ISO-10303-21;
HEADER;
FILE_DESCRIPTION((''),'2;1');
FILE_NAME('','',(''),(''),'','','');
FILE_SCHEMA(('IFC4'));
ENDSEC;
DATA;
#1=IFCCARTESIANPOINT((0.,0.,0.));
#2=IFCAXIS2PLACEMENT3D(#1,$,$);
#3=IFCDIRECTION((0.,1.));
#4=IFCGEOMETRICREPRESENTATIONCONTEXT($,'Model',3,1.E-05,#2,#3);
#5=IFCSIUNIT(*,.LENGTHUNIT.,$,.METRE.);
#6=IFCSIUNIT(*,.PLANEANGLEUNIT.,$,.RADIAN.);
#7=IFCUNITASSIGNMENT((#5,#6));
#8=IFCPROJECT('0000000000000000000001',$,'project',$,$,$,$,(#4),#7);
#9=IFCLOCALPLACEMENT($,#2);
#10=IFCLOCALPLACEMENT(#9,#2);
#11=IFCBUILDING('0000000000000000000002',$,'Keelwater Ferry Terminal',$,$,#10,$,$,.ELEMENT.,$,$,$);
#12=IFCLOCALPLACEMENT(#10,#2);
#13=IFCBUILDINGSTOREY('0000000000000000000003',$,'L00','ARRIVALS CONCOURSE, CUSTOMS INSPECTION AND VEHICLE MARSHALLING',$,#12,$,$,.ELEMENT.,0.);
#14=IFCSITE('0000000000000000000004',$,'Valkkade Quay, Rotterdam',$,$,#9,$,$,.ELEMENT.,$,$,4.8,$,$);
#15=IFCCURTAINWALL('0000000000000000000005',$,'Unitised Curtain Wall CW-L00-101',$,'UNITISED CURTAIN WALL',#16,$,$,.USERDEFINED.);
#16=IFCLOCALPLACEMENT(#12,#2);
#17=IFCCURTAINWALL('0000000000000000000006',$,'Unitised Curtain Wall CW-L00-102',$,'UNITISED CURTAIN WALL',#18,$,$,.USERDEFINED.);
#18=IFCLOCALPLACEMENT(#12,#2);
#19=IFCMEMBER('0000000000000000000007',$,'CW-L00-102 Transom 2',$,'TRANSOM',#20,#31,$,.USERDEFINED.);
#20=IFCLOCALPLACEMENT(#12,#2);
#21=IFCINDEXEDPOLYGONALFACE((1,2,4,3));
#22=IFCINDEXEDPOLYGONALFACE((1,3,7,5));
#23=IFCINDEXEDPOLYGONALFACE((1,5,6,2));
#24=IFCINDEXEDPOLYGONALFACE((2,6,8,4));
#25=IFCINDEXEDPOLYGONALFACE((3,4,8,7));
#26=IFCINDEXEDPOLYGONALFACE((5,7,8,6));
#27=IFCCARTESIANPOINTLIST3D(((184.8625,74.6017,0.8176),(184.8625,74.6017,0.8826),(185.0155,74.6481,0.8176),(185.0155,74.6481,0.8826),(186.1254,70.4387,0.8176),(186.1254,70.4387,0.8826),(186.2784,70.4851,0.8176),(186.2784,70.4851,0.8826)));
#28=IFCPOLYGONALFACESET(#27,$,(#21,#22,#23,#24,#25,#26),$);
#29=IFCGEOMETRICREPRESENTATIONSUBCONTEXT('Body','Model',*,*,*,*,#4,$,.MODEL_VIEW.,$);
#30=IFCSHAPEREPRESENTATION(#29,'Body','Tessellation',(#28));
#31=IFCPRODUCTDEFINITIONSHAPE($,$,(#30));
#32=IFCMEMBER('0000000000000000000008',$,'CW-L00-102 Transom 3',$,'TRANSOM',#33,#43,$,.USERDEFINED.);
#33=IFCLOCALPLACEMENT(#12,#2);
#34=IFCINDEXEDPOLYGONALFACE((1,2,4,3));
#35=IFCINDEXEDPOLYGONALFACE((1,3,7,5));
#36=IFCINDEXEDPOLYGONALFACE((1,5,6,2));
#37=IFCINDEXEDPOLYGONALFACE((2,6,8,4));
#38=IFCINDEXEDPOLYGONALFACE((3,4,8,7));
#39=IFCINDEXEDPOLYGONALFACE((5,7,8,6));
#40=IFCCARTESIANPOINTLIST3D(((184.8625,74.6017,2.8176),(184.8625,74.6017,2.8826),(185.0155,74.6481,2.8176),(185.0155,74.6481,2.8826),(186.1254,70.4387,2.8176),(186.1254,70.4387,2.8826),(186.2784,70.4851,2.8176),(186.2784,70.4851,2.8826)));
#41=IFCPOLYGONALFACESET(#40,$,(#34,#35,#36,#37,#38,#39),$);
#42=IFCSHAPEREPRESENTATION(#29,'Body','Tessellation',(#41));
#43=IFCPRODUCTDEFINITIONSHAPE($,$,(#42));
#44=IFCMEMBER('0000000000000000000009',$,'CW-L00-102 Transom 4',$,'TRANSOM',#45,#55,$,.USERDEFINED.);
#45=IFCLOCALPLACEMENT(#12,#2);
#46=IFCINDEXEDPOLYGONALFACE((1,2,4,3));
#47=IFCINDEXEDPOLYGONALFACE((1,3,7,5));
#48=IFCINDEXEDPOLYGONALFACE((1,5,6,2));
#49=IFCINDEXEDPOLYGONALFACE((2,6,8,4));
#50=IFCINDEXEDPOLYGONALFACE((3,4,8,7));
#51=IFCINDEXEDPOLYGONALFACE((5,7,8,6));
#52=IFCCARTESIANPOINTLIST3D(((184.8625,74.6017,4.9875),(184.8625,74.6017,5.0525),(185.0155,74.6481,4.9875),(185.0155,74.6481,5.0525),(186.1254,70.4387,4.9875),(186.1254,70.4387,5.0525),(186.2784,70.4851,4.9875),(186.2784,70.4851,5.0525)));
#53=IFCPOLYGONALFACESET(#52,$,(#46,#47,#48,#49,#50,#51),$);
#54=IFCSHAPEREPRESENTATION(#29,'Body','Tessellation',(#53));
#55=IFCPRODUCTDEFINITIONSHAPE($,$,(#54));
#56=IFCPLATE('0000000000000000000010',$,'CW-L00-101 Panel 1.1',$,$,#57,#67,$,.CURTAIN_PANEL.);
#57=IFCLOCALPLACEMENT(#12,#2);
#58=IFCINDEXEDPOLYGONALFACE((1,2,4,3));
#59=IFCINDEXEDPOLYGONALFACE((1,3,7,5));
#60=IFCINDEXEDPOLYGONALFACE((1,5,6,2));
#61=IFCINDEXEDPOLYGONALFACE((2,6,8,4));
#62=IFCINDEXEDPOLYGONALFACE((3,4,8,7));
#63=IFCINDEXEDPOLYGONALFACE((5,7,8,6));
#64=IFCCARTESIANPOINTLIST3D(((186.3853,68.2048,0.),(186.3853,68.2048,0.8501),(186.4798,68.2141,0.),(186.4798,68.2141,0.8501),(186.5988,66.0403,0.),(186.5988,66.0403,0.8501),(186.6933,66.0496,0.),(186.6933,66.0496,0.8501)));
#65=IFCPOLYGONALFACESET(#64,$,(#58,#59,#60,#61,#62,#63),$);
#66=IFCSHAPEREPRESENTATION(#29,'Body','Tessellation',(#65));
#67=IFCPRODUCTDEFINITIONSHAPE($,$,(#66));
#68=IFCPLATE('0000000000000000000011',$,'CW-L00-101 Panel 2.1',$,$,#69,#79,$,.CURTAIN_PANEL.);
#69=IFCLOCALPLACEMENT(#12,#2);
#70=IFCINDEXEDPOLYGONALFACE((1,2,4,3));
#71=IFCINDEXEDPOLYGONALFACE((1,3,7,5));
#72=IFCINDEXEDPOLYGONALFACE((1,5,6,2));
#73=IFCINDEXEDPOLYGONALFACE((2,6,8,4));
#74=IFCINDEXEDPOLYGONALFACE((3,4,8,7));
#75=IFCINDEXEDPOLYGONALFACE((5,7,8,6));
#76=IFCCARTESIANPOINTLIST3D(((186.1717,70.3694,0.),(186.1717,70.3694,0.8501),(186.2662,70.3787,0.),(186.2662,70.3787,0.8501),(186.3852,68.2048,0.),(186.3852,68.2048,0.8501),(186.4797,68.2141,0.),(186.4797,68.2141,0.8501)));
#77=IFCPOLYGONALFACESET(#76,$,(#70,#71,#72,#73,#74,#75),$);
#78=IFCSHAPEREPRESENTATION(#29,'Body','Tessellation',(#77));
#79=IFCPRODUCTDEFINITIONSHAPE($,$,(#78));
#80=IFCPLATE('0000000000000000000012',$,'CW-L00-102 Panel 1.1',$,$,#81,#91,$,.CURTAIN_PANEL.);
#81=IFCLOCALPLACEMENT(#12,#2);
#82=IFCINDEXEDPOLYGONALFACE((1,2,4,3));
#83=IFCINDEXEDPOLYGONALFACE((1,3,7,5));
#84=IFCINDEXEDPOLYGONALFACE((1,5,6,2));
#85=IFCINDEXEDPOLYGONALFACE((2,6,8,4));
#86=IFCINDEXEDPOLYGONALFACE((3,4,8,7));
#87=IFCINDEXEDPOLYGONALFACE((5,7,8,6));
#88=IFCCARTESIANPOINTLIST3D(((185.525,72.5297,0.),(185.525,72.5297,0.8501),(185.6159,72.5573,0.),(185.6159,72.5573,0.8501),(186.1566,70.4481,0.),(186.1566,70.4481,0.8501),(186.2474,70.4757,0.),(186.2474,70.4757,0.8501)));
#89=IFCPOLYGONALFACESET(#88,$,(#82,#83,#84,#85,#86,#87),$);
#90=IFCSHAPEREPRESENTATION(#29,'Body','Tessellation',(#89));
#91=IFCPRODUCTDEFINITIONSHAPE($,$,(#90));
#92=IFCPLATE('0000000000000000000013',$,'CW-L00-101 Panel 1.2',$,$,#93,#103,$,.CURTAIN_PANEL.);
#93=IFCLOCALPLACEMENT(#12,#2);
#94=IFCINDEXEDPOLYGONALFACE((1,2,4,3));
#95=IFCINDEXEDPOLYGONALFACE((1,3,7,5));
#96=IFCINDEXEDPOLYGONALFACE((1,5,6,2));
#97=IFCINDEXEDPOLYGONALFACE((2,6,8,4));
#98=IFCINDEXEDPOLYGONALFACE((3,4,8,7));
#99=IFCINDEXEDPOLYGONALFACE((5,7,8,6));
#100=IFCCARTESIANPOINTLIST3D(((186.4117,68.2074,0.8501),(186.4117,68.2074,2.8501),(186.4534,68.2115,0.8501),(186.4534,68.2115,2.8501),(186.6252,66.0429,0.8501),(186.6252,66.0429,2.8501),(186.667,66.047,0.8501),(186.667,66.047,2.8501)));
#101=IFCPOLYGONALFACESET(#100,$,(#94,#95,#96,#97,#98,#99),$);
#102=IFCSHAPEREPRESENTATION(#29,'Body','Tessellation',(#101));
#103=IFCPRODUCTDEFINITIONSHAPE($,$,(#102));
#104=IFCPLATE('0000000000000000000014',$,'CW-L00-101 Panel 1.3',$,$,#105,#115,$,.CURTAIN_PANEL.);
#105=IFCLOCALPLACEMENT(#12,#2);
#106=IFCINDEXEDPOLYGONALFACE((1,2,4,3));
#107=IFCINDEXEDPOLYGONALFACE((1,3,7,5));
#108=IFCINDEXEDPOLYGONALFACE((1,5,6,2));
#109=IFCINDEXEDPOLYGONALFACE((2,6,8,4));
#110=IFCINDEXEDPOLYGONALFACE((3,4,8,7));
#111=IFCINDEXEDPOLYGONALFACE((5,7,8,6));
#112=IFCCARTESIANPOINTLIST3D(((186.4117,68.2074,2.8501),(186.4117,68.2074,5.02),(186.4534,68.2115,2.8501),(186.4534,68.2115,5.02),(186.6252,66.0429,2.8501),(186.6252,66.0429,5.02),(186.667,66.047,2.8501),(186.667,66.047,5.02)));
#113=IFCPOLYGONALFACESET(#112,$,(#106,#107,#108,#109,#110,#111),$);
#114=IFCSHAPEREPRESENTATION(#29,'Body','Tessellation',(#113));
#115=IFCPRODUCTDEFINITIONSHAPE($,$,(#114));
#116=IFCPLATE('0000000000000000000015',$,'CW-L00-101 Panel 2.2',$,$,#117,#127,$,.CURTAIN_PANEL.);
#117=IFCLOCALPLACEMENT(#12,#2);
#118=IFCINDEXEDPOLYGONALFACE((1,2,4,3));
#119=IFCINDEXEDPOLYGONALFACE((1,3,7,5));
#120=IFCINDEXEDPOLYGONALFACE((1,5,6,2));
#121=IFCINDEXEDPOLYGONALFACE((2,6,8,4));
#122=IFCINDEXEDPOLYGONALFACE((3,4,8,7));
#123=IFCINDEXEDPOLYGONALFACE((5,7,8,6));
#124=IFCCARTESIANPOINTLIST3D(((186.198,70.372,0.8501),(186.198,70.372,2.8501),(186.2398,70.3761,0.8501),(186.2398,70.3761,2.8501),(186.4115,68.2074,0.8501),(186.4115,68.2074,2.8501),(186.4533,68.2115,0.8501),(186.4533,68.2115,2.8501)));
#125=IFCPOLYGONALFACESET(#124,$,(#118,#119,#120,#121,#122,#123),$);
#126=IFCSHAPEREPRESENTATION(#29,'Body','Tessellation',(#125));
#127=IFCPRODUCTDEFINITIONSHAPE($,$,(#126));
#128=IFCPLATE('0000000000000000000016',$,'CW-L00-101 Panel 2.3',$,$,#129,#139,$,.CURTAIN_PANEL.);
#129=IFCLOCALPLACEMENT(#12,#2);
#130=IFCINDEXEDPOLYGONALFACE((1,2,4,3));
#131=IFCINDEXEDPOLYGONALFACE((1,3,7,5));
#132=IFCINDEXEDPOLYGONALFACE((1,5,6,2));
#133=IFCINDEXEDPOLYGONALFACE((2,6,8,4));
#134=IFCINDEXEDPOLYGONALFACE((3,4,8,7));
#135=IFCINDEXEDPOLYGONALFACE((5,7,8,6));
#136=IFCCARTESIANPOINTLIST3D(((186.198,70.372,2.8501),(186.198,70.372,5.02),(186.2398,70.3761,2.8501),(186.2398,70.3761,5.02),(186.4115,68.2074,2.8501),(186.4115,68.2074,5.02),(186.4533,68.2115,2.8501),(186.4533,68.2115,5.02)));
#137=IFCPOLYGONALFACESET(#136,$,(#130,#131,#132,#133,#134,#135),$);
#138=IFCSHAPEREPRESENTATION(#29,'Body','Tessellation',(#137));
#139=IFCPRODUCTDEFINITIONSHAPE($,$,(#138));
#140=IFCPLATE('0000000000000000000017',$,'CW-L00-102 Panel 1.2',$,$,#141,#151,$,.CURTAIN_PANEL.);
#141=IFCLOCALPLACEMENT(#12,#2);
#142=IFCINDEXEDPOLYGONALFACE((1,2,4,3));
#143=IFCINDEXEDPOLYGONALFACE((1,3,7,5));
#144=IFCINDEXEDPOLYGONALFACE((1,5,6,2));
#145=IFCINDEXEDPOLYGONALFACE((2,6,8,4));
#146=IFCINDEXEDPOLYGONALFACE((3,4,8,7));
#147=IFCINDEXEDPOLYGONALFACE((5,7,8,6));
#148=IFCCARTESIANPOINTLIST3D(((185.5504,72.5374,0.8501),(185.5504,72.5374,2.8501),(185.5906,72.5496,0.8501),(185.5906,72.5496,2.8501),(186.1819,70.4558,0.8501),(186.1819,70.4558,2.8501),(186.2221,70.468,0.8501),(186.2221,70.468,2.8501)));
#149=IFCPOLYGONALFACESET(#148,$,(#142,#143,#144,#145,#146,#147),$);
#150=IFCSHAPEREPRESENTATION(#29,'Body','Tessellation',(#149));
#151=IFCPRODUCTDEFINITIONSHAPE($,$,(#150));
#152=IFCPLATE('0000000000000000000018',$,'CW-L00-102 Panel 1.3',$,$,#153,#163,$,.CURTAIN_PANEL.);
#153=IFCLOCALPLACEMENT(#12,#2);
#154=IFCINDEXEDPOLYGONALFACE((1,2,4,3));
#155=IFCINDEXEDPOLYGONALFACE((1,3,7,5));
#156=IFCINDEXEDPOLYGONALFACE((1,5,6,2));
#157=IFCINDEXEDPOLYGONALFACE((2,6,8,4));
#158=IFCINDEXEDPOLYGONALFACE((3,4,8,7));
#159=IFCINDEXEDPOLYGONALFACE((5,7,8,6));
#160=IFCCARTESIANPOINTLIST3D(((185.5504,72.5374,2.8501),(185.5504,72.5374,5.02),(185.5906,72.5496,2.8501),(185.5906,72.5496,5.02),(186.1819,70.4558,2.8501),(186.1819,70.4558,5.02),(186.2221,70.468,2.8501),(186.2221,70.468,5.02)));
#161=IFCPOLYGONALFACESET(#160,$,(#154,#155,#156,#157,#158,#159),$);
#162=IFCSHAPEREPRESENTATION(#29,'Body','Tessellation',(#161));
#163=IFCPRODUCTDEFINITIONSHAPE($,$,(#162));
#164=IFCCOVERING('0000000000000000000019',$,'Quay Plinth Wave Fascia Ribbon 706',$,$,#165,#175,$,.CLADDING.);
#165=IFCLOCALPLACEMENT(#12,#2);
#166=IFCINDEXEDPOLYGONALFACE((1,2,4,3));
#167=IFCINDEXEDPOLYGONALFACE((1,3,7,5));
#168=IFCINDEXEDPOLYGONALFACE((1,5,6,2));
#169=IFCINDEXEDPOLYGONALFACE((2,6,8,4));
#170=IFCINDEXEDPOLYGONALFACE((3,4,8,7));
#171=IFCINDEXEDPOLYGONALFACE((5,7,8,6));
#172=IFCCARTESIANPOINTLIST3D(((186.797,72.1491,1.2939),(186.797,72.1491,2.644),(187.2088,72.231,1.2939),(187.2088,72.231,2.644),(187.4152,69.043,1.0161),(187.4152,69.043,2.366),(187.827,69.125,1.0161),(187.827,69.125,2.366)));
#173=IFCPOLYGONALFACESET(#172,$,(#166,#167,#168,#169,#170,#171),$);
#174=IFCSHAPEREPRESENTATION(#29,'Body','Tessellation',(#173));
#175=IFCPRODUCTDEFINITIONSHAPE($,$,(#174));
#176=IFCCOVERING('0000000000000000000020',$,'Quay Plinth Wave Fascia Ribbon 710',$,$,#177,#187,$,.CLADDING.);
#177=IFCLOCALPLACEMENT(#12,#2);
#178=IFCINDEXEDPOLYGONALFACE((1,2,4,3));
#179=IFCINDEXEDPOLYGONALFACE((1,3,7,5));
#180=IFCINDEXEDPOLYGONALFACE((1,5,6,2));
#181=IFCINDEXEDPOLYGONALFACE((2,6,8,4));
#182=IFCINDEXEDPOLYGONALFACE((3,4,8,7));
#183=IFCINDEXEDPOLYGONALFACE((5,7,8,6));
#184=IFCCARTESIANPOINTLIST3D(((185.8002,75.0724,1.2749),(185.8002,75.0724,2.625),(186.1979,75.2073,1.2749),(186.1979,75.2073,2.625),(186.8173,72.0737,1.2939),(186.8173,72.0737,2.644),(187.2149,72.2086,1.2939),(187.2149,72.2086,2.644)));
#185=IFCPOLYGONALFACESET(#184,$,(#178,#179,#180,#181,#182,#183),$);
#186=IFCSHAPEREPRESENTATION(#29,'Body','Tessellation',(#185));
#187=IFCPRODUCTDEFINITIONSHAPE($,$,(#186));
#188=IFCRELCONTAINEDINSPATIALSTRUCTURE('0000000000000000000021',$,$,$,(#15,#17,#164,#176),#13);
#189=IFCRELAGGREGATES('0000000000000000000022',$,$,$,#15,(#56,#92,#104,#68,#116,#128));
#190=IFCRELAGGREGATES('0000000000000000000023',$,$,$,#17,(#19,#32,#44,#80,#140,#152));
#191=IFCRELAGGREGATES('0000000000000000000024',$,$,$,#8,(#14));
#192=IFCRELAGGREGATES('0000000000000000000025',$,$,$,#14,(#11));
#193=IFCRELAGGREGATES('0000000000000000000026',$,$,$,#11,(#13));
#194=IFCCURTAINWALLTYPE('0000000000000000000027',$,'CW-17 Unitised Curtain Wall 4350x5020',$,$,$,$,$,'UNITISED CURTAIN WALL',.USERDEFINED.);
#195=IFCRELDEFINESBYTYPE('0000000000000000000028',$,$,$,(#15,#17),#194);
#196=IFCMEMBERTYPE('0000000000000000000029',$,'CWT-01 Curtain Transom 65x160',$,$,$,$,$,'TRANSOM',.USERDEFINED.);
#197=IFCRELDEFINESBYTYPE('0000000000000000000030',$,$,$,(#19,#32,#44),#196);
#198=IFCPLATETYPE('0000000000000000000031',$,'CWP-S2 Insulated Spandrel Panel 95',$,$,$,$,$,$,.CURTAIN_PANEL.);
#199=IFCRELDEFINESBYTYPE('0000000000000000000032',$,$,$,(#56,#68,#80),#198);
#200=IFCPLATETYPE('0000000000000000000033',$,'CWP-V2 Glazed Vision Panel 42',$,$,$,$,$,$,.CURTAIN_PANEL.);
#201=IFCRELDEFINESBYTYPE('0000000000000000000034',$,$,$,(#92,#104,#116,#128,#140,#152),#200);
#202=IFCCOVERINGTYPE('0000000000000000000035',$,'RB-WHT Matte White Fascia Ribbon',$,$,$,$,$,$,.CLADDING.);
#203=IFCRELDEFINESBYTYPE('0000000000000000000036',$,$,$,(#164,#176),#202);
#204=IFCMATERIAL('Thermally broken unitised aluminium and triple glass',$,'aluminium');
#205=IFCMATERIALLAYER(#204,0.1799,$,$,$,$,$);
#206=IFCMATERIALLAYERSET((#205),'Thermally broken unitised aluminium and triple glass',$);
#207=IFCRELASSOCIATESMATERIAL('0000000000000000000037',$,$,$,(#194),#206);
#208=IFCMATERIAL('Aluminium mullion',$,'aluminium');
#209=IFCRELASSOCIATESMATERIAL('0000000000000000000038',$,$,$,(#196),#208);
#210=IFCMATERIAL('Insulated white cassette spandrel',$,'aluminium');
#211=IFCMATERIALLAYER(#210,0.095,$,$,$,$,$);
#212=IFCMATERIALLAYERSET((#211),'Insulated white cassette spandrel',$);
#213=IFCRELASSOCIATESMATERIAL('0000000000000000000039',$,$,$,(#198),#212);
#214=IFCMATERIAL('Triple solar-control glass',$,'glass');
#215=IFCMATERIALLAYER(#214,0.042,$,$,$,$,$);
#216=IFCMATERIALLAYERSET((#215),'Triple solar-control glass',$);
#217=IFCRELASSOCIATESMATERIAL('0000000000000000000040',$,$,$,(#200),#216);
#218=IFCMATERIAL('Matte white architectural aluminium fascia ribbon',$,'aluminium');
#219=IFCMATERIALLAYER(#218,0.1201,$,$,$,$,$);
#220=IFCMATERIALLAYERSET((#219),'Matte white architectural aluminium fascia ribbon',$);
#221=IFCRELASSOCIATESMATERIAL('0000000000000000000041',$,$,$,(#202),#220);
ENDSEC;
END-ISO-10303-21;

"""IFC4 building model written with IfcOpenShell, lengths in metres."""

from ifc_helpers import new_model, si_unit, direction, frame, origin, origin_2d, place, context, subcontext, project, spatial, polyline, rectangle, outline, extrude, material, layer, layer_set, material_profile, profile_set, type_object, element, aggregate, save


model = new_model("IFC4")

# Units and contexts
model_context = context("Model", 3, precision=1e-05, world=origin(), true_north=direction((0.0, 1.0)))
body_context = subcontext(model_context, "Body", "Model", "MODEL_VIEW")
ifc_project = project(units=[si_unit("LENGTHUNIT", "METRE"), si_unit("PLANEANGLEUNIT", "RADIAN")], contexts=[model_context])

# Site, building, storey
site_placement = place(None, origin())
site = spatial("IfcSite", under=ifc_project, at=site_placement, Name="Valkkade Quay, Rotterdam", CompositionType="ELEMENT", RefElevation=4.8)
building_placement = place(site_placement, origin())
building = spatial("IfcBuilding", under=site, at=building_placement, Name="Keelwater Ferry Terminal", CompositionType="ELEMENT")
storey_placement = place(building_placement, origin())
storey = spatial("IfcBuildingStorey", under=building, at=storey_placement, Name="L00", Description="ARRIVALS CONCOURSE, CUSTOMS INSPECTION AND VEHICLE MARSHALLING", CompositionType="ELEMENT", Elevation=0.0)

# Curtain wall
ifc_material_1 = material(Name="Thermally broken unitised aluminium and triple glass", Category="aluminium")
ifc_layer_1 = layer(ifc_material_1, 0.1799)
ifc_layer_set_1 = layer_set([ifc_layer_1], Name="Thermally broken unitised aluminium and triple glass")
curtain_wall_type = type_object("IfcCurtainWallType", Name="CW-17 Unitised Curtain Wall 4350x5020", ElementType="UNITISED CURTAIN WALL", PredefinedType="USERDEFINED", material=ifc_layer_set_1)
curtain_wall_1_placement = place(storey_placement, origin())
curtain_wall_1 = element("IfcCurtainWall", 1, at=curtain_wall_1_placement, inside=storey, type_object=curtain_wall_type, Name="Unitised Curtain Wall CW-L00-101", ObjectType="UNITISED CURTAIN WALL", PredefinedType="USERDEFINED")

# Curtain wall
curtain_wall_2_placement = place(storey_placement, origin())
curtain_wall_2 = element("IfcCurtainWall", 2, at=curtain_wall_2_placement, inside=storey, type_object=curtain_wall_type, Name="Unitised Curtain Wall CW-L00-102", ObjectType="UNITISED CURTAIN WALL", PredefinedType="USERDEFINED")

# Members
ifc_material_2 = material(Name="Aluminium mullion", Category="aluminium")
ifc_material_profile_1 = material_profile(ifc_material_2, rectangle(XDim=0.1599, YDim=0.0649, at=origin_2d()), Name="CWT-01")
ifc_profile_set_1 = profile_set([ifc_material_profile_1], Name="Aluminium mullion")
member_type_1 = type_object("IfcMemberType", Name="CWT-01 Curtain Transom 65x160", ElementType="TRANSOM", PredefinedType="USERDEFINED", material=ifc_profile_set_1)
member_1_placement = place(storey_placement, frame((186.2019, 70.4619, 0.8501), z_axis=(-0.290302, 0.956935, 0.0), x_axis=(-0.956935, -0.290302, 0.0)))
member_1 = element("IfcMember", 3, at=member_1_placement, type_object=member_type_1, Name="CW-L00-102 Transom 2", ObjectType="TRANSOM", PredefinedType="USERDEFINED", context=body_context, shape_type="SweptSolid", body=[
    extrude(rectangle(XDim=0.1599, YDim=0.0649, at=origin_2d()), origin(), (0.0, 0.0, 1.0), 4.3503),
])
member_2_placement = place(storey_placement, frame((186.2019, 70.4619, 2.8501), z_axis=(-0.290302, 0.956935, 0.0), x_axis=(-0.956935, -0.290302, 0.0)))
member_2 = element("IfcMember", 4, at=member_2_placement, type_object=member_type_1, Name="CW-L00-102 Transom 3", ObjectType="TRANSOM", PredefinedType="USERDEFINED", context=body_context, shape_type="SweptSolid", body=[
    extrude(rectangle(XDim=0.1599, YDim=0.0649, at=origin_2d()), origin(), (0.0, 0.0, 1.0), 4.3503),
])
member_3_placement = place(storey_placement, frame((186.2019, 70.4619, 5.02), z_axis=(-0.290302, 0.956935, 0.0), x_axis=(-0.956935, -0.290302, 0.0)))
member_3 = element("IfcMember", 5, at=member_3_placement, type_object=member_type_1, Name="CW-L00-102 Transom 4", ObjectType="TRANSOM", PredefinedType="USERDEFINED", context=body_context, shape_type="SweptSolid", body=[
    extrude(rectangle(XDim=0.1599, YDim=0.0649, at=origin_2d()), origin(), (0.0, 0.0, 1.0), 4.3503),
])

# Plates
ifc_material_3 = material(Name="Insulated white cassette spandrel", Category="aluminium")
ifc_layer_2 = layer(ifc_material_3, 0.095)
ifc_layer_set_2 = layer_set([ifc_layer_2], Name="Insulated white cassette spandrel")
plate_type_1 = type_object("IfcPlateType", Name="CWP-S2 Insulated Spandrel Panel 95", PredefinedType="CURTAIN_PANEL", material=ifc_layer_set_2)
plate_1_placement = place(storey_placement, frame((186.5393, 67.1272, 0.0), z_axis=(0.0, 0.0, 1.0), x_axis=(-0.098161, 0.995171, 0.0)))
plate_1 = element("IfcPlate", 6, at=plate_1_placement, type_object=plate_type_1, Name="CW-L00-101 Panel 1.1", PredefinedType="CURTAIN_PANEL", context=body_context, shape_type="SweptSolid", body=[
    extrude(rectangle(XDim=2.175, YDim=0.095, at=origin_2d()), origin(), (0.0, 0.0, 1.0), 0.8501),
])
plate_2_placement = place(storey_placement, frame((186.3257, 69.2917, 0.0), z_axis=(0.0, 0.0, 1.0), x_axis=(-0.098161, 0.995171, 0.0)))
plate_2 = element("IfcPlate", 7, at=plate_2_placement, type_object=plate_type_1, Name="CW-L00-101 Panel 2.1", PredefinedType="CURTAIN_PANEL", context=body_context, shape_type="SweptSolid", body=[
    extrude(rectangle(XDim=2.175, YDim=0.095, at=origin_2d()), origin(), (0.0, 0.0, 1.0), 0.8501),
])
plate_3_placement = place(storey_placement, frame((185.8862, 71.5027, 0.0), z_axis=(0.0, 0.0, 1.0), x_axis=(-0.29032, 0.95693, 0.0)))
plate_3 = element("IfcPlate", 8, at=plate_3_placement, type_object=plate_type_1, Name="CW-L00-102 Panel 1.1", PredefinedType="CURTAIN_PANEL", context=body_context, shape_type="SweptSolid", body=[
    extrude(rectangle(XDim=2.1753, YDim=0.095, at=origin_2d()), origin(), (0.0, 0.0, 1.0), 0.8501),
])
ifc_material_4 = material(Name="Triple solar-control glass", Category="glass")
ifc_layer_3 = layer(ifc_material_4, 0.042)
ifc_layer_set_3 = layer_set([ifc_layer_3], Name="Triple solar-control glass")
plate_type_2 = type_object("IfcPlateType", Name="CWP-V2 Glazed Vision Panel 42", PredefinedType="CURTAIN_PANEL", material=ifc_layer_set_3)
plate_4_placement = place(storey_placement, frame((186.5393, 67.1272, 0.8501), z_axis=(0.0, 0.0, 1.0), x_axis=(-0.098161, 0.995171, 0.0)))
plate_4 = element("IfcPlate", 9, at=plate_4_placement, type_object=plate_type_2, Name="CW-L00-101 Panel 1.2", PredefinedType="CURTAIN_PANEL", context=body_context, shape_type="SweptSolid", body=[
    extrude(rectangle(XDim=2.175, YDim=0.042, at=origin_2d()), origin(), (0.0, 0.0, 1.0), 2.0),
])
plate_5_placement = place(storey_placement, frame((186.5393, 67.1272, 2.8501), z_axis=(0.0, 0.0, 1.0), x_axis=(-0.098161, 0.995171, 0.0)))
plate_5 = element("IfcPlate", 10, at=plate_5_placement, type_object=plate_type_2, Name="CW-L00-101 Panel 1.3", PredefinedType="CURTAIN_PANEL", context=body_context, shape_type="SweptSolid", body=[
    extrude(rectangle(XDim=2.175, YDim=0.042, at=origin_2d()), origin(), (0.0, 0.0, 1.0), 2.1699),
])
plate_6_placement = place(storey_placement, frame((186.3257, 69.2917, 0.8501), z_axis=(0.0, 0.0, 1.0), x_axis=(-0.098161, 0.995171, 0.0)))
plate_6 = element("IfcPlate", 11, at=plate_6_placement, type_object=plate_type_2, Name="CW-L00-101 Panel 2.2", PredefinedType="CURTAIN_PANEL", context=body_context, shape_type="SweptSolid", body=[
    extrude(rectangle(XDim=2.175, YDim=0.042, at=origin_2d()), origin(), (0.0, 0.0, 1.0), 2.0),
])
plate_7_placement = place(storey_placement, frame((186.3257, 69.2917, 2.8501), z_axis=(0.0, 0.0, 1.0), x_axis=(-0.098161, 0.995171, 0.0)))
plate_7 = element("IfcPlate", 12, at=plate_7_placement, type_object=plate_type_2, Name="CW-L00-101 Panel 2.3", PredefinedType="CURTAIN_PANEL", context=body_context, shape_type="SweptSolid", body=[
    extrude(rectangle(XDim=2.175, YDim=0.042, at=origin_2d()), origin(), (0.0, 0.0, 1.0), 2.1699),
])
aggregate(curtain_wall_1, [plate_1, plate_4, plate_5, plate_2, plate_6, plate_7])
plate_8_placement = place(storey_placement, frame((185.8862, 71.5027, 0.8501), z_axis=(0.0, 0.0, 1.0), x_axis=(-0.29032, 0.95693, 0.0)))
plate_8 = element("IfcPlate", 13, at=plate_8_placement, type_object=plate_type_2, Name="CW-L00-102 Panel 1.2", PredefinedType="CURTAIN_PANEL", context=body_context, shape_type="SweptSolid", body=[
    extrude(rectangle(XDim=2.1753, YDim=0.042, at=origin_2d()), origin(), (0.0, 0.0, 1.0), 2.0),
])
plate_9_placement = place(storey_placement, frame((185.8862, 71.5027, 2.8501), z_axis=(0.0, 0.0, 1.0), x_axis=(-0.29032, 0.95693, 0.0)))
plate_9 = element("IfcPlate", 14, at=plate_9_placement, type_object=plate_type_2, Name="CW-L00-102 Panel 1.3", PredefinedType="CURTAIN_PANEL", context=body_context, shape_type="SweptSolid", body=[
    extrude(rectangle(XDim=2.1753, YDim=0.042, at=origin_2d()), origin(), (0.0, 0.0, 1.0), 2.1699),
])
aggregate(curtain_wall_2, [member_1, member_2, member_3, plate_3, plate_8, plate_9])

# Coverings
ifc_material_5 = material(Name="Matte white architectural aluminium fascia ribbon", Category="aluminium")
ifc_layer_4 = layer(ifc_material_5, 0.1201)
ifc_layer_set_4 = layer_set([ifc_layer_4], Name="Matte white architectural aluminium fascia ribbon")
covering_type = type_object("IfcCoveringType", Name="RB-WHT Matte White Fascia Ribbon", PredefinedType="CLADDING", material=ifc_layer_set_4)
covering_1_placement = place(storey_placement, frame((187.6211, 69.084, 1.0161), z_axis=(0.0, 0.0, 1.0), x_axis=(-0.195197, 0.980764, 0.0)))
element("IfcCovering", 15, at=covering_1_placement, inside=storey, type_object=covering_type, Name="Quay Plinth Wave Fascia Ribbon 706", PredefinedType="CLADDING", context=body_context, shape_type="SweptSolid", body=[
    extrude(outline(polyline([(0.0, 0.0), (3.167, 0.2778), (3.167, 1.6279), (0.0, 1.3499), (0.0, 0.0)])), frame((0.0, 0.21, 0.0), z_axis=(0.0, -1.0, 0.0), x_axis=(1.0, 0.0, 0.0)), (0.0, 0.0, 1.0), 0.4199),
])
covering_2_placement = place(storey_placement, frame((187.0161, 72.1411, 1.2749), z_axis=(0.0, 0.0, 1.0), x_axis=(-0.321196, 0.947013, 0.0)))
element("IfcCovering", 16, at=covering_2_placement, inside=storey, type_object=covering_type, Name="Quay Plinth Wave Fascia Ribbon 710", PredefinedType="CLADDING", context=body_context, shape_type="SweptSolid", body=[
    extrude(outline(polyline([(0.0, 0.019), (3.1665, 0.0), (3.1665, 1.3501), (0.0, 1.3691), (0.0, 0.019)])), frame((0.0, 0.21, 0.0), z_axis=(0.0, -1.0, 0.0), x_axis=(1.0, 0.0, 0.0)), (0.0, 0.0, 1.0), 0.4199),
])

save(model, "model.ifc")
